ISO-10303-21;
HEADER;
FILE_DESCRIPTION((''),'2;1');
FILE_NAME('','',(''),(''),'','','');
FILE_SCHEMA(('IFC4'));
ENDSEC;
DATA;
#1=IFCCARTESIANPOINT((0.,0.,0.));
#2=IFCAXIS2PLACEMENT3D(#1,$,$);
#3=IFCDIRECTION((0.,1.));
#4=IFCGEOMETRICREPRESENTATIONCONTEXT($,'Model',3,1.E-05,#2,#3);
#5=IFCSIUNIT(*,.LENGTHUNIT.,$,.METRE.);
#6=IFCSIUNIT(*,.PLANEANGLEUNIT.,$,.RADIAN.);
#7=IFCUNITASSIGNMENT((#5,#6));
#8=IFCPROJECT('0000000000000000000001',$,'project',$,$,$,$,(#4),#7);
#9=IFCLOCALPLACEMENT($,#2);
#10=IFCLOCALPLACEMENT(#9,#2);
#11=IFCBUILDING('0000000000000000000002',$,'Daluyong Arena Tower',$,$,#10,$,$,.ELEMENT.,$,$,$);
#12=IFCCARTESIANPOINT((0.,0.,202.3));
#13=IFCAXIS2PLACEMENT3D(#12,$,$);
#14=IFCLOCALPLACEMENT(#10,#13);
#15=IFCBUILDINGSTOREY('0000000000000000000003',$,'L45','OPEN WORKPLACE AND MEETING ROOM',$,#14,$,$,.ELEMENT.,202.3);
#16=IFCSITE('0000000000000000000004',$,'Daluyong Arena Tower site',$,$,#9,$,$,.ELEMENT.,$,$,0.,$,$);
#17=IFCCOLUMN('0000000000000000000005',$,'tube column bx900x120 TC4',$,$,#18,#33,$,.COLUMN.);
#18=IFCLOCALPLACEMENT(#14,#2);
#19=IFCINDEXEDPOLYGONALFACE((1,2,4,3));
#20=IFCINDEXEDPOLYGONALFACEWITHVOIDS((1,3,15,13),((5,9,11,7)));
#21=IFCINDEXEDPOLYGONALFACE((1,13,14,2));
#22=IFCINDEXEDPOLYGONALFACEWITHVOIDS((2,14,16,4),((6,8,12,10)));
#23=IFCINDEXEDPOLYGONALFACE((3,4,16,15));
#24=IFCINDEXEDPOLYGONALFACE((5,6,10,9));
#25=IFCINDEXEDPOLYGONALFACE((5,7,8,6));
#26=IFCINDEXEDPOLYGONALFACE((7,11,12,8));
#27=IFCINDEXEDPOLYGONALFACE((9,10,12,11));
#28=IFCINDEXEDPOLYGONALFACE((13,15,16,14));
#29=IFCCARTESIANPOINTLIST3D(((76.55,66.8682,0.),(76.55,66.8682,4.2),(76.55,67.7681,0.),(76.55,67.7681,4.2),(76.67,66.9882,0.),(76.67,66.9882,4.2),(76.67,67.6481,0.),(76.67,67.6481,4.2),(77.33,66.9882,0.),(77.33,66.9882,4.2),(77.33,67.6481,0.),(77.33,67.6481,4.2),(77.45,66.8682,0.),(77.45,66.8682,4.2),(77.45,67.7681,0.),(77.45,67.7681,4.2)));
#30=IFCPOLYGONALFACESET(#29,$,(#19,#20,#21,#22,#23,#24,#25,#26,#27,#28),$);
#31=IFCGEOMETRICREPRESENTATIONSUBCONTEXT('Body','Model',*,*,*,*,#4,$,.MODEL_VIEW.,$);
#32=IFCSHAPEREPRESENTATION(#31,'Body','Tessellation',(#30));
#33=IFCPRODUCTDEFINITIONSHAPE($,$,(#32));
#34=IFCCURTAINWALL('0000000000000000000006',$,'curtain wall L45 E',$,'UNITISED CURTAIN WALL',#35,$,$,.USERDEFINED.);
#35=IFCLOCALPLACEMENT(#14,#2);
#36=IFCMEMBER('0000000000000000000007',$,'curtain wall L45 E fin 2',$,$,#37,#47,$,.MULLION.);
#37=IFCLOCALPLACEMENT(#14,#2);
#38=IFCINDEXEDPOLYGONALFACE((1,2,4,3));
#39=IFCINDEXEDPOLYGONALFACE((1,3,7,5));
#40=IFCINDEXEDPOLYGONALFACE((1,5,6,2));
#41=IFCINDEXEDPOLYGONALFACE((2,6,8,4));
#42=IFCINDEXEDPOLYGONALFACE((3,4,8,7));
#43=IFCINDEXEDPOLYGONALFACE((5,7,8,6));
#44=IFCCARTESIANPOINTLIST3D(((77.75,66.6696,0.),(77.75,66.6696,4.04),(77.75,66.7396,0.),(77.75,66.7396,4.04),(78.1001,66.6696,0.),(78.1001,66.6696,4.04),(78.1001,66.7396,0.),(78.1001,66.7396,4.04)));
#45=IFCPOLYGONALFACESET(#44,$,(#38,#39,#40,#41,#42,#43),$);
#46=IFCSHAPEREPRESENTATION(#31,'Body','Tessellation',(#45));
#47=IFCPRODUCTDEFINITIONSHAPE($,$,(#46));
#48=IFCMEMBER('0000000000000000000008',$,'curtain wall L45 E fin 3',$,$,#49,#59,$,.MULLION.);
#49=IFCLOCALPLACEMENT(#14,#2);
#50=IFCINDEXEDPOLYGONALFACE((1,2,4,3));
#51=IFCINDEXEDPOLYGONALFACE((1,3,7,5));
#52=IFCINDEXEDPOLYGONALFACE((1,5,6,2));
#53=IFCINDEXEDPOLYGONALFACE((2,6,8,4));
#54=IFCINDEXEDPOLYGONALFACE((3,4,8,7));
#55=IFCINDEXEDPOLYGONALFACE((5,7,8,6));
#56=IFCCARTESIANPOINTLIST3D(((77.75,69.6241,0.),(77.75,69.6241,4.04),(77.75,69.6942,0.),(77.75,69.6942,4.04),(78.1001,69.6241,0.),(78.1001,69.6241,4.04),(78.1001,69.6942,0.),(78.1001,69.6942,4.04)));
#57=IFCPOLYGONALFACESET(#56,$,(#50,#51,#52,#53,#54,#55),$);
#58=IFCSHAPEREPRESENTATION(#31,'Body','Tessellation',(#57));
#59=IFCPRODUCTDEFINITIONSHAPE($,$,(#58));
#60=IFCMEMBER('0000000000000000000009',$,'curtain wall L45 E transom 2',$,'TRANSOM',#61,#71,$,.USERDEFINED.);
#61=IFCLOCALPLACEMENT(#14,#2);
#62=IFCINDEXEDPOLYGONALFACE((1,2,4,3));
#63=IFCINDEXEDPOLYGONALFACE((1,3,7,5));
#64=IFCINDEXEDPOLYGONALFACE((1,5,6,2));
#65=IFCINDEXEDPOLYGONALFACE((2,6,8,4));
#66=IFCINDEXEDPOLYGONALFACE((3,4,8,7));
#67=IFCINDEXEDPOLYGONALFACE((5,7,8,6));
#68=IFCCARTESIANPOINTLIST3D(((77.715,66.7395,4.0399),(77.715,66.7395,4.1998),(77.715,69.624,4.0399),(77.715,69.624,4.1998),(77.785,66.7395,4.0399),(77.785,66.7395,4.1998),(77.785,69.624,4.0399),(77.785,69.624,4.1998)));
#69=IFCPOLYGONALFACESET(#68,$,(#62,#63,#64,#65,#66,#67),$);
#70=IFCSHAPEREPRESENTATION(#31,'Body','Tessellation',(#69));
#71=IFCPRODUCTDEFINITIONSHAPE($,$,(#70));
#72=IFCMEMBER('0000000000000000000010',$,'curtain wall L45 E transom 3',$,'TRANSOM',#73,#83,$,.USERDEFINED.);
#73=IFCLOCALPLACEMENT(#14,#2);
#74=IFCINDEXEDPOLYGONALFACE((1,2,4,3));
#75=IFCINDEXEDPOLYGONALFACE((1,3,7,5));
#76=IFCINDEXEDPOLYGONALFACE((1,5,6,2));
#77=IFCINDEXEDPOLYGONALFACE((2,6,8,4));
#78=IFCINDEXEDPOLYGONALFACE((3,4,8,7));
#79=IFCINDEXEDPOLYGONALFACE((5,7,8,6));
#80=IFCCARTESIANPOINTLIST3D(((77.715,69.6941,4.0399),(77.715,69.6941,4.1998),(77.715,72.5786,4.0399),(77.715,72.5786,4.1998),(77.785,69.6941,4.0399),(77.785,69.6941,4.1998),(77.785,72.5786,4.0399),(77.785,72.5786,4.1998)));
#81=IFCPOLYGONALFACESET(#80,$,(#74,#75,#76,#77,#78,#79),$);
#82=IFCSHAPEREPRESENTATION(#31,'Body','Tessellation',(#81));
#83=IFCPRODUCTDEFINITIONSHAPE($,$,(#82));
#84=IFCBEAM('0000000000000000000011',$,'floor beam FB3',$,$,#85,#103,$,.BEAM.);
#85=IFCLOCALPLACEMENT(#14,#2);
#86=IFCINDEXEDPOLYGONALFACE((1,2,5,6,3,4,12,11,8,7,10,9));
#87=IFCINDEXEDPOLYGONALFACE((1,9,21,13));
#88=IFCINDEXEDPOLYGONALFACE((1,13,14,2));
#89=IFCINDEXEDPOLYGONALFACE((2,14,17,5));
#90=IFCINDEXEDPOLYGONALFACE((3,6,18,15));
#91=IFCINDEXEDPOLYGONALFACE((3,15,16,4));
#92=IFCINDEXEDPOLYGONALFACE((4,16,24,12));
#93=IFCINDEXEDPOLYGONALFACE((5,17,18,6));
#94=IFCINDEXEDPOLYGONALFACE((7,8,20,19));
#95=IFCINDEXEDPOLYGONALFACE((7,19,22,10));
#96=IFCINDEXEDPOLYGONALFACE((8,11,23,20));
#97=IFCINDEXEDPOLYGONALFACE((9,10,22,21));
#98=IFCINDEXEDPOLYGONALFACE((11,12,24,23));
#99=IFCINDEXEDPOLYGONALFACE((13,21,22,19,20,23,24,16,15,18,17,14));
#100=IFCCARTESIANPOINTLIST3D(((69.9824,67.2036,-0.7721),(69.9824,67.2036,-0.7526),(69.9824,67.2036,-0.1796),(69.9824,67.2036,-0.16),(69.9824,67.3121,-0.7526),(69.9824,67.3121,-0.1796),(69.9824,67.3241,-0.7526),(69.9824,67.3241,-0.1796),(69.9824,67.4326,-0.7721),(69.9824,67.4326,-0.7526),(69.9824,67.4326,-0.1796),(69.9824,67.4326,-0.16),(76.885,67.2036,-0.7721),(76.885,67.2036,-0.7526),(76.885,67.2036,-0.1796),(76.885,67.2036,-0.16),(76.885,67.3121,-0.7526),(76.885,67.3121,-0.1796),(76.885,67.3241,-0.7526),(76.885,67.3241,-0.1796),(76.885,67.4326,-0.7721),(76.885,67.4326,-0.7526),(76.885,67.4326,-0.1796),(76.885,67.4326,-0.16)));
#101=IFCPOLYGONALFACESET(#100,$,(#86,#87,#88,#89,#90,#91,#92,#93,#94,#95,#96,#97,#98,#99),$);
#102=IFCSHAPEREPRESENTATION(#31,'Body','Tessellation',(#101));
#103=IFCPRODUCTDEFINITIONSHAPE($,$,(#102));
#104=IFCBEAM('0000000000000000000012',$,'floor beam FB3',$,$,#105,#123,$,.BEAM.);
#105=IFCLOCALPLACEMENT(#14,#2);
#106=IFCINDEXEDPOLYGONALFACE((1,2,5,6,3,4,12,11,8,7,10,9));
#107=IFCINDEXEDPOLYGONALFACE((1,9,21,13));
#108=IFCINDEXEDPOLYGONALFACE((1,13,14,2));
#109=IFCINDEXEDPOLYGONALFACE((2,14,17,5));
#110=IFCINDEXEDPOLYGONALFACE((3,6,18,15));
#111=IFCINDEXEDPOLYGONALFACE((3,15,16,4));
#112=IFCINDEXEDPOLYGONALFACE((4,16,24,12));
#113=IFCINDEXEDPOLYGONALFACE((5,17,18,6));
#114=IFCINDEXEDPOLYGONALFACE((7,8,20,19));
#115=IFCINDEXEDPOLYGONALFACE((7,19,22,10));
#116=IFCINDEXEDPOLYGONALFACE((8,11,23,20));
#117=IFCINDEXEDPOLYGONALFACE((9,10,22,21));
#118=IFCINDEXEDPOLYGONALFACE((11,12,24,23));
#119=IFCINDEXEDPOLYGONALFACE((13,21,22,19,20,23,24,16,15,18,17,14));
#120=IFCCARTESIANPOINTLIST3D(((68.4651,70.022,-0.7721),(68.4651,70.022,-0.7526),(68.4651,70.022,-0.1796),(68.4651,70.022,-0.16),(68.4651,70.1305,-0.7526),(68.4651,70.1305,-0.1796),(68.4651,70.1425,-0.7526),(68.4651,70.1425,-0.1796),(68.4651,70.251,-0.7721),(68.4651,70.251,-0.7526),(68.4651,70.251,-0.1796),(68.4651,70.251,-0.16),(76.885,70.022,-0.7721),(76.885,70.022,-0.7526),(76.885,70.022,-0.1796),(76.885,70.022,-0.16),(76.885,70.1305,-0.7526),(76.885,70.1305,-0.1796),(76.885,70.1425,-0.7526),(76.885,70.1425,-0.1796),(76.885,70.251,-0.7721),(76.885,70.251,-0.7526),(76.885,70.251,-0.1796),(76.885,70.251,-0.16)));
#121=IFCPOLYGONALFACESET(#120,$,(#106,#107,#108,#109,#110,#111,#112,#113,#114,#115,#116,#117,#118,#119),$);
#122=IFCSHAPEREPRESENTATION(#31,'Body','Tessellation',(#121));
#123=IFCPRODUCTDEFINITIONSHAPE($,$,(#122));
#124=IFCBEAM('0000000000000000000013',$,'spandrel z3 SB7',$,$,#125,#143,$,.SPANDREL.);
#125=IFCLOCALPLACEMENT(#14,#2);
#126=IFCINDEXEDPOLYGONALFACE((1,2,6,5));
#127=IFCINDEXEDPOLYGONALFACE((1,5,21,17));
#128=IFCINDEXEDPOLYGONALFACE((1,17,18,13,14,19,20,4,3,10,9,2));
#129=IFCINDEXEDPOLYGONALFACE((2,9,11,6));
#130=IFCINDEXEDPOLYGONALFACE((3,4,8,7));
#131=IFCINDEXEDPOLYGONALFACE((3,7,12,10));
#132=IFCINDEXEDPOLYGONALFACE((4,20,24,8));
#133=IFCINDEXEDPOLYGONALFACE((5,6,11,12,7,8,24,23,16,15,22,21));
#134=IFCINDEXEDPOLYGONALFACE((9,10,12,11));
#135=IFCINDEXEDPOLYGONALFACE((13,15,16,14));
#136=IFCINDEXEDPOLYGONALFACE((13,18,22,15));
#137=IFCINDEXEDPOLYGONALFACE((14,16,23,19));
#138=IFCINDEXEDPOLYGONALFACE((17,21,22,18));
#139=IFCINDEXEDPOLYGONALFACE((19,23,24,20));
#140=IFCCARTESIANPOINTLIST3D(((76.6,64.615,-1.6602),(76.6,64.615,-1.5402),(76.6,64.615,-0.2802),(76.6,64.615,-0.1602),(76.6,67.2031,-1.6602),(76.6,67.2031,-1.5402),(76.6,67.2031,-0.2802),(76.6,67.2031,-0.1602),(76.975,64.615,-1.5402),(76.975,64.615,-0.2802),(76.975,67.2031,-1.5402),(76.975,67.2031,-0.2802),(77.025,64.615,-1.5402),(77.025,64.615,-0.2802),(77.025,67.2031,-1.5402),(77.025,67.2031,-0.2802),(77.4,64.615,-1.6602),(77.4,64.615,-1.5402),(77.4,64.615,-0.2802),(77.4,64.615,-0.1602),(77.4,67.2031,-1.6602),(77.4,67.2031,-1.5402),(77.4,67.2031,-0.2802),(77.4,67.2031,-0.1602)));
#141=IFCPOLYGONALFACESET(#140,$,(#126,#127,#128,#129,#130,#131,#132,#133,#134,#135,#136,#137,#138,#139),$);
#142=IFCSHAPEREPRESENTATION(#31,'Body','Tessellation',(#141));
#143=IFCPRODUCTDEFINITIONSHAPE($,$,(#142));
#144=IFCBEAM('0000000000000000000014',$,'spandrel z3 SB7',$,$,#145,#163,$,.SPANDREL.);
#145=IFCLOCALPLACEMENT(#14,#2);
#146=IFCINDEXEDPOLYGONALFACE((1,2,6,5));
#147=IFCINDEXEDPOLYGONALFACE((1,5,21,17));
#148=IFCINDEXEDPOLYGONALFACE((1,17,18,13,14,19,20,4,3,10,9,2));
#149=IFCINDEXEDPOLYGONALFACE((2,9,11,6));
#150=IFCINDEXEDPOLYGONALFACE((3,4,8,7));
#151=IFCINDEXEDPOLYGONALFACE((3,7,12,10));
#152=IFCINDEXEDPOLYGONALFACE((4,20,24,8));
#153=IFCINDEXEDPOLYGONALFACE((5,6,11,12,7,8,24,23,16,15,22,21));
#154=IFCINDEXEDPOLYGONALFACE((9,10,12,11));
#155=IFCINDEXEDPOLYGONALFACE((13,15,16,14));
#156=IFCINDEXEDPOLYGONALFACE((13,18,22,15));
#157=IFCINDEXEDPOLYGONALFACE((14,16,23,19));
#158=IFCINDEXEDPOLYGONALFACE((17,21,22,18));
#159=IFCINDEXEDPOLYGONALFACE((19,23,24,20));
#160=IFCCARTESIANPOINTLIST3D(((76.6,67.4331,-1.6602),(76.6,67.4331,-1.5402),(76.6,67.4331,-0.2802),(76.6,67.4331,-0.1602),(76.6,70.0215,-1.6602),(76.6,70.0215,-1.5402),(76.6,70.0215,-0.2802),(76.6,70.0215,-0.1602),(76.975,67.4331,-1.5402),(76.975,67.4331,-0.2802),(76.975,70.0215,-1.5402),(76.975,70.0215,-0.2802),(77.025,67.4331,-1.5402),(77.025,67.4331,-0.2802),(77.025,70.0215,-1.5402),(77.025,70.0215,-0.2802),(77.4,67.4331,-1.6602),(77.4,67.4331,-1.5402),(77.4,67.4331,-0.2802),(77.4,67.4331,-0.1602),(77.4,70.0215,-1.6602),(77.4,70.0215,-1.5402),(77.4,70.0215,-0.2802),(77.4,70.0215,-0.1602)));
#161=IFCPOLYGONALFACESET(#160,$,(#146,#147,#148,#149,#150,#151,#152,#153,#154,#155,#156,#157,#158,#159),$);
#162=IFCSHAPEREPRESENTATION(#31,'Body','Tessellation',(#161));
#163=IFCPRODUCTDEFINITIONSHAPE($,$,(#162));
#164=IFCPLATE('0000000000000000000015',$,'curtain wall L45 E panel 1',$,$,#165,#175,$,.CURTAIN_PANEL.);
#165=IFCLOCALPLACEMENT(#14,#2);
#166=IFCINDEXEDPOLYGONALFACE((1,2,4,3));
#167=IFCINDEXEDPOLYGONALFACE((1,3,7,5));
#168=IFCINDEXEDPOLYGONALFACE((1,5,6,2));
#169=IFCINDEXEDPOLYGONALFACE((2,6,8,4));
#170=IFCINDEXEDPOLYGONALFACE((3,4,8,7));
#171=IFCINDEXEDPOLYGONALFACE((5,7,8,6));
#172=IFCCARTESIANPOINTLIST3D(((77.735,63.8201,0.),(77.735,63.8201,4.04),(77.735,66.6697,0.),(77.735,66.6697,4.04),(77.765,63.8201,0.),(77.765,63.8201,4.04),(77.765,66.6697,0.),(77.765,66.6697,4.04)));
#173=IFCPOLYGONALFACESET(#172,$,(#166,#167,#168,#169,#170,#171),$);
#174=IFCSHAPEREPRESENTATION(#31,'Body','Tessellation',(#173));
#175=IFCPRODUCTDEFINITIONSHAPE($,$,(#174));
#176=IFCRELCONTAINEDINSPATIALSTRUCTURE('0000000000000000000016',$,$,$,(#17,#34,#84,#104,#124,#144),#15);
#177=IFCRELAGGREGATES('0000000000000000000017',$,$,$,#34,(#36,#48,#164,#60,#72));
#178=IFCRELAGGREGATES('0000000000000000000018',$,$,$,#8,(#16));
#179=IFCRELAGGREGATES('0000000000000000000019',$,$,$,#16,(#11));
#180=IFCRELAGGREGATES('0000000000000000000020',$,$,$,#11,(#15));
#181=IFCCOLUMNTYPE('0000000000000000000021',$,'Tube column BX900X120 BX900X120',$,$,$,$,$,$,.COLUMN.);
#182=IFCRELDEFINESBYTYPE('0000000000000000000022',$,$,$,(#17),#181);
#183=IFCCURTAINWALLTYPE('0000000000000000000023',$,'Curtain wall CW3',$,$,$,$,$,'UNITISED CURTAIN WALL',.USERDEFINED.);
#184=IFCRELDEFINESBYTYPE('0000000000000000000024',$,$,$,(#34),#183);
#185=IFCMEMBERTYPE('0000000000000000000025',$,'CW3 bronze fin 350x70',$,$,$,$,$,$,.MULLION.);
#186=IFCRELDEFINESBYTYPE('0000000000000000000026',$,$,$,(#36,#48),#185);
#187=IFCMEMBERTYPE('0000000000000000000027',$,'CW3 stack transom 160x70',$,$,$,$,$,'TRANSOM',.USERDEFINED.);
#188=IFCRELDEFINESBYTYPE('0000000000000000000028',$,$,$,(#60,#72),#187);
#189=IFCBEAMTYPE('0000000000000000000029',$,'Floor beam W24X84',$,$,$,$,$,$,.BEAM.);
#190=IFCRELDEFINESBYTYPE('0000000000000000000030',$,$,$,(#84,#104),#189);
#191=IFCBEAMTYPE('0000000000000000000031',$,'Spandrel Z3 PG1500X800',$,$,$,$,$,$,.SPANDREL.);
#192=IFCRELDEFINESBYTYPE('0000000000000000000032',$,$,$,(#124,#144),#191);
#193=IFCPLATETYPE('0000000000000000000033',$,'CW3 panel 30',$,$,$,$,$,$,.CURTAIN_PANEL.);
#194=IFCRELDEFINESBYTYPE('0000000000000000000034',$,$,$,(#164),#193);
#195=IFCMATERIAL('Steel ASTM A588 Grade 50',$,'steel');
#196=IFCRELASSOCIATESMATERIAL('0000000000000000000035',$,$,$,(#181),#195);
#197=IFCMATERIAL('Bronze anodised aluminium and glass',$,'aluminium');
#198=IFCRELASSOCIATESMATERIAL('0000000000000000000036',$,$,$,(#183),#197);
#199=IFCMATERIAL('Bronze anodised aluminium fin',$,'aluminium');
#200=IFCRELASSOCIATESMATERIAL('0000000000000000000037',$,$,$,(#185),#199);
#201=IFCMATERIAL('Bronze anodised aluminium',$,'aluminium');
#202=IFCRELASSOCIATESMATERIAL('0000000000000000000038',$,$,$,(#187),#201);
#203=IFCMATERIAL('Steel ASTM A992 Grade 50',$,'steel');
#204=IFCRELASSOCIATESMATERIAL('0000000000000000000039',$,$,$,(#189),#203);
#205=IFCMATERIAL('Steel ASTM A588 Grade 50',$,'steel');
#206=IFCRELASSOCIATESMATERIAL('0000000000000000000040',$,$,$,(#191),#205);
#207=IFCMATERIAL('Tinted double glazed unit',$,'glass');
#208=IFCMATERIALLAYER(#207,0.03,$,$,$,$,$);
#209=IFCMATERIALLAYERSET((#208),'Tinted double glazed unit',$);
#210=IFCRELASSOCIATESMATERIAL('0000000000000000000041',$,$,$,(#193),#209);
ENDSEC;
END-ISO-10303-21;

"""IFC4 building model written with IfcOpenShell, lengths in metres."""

from ifc_helpers import new_model, si_unit, direction, frame, origin, origin_2d, place, context, subcontext, project, spatial, rectangle, hollow_rectangle, i_section, extrude, material, layer, layer_set, material_profile, profile_set, type_object, element, aggregate, save


model = new_model("IFC4")

# Units and contexts
model_context = context("Model", 3, precision=1e-05, world=origin(), true_north=direction((0.0, 1.0)))
body_context = subcontext(model_context, "Body", "Model", "MODEL_VIEW")
ifc_project = project(units=[si_unit("LENGTHUNIT", "METRE"), si_unit("PLANEANGLEUNIT", "RADIAN")], contexts=[model_context])

# Site, building, storey
site_placement = place(None, origin())
site = spatial("IfcSite", under=ifc_project, at=site_placement, Name="Daluyong Arena Tower site", CompositionType="ELEMENT", RefElevation=0.0)
building_placement = place(site_placement, origin())
building = spatial("IfcBuilding", under=site, at=building_placement, Name="Daluyong Arena Tower", CompositionType="ELEMENT")
storey_placement = place(building_placement, frame((0.0, 0.0, 202.3)))
storey = spatial("IfcBuildingStorey", under=building, at=storey_placement, Name="L45", Description="OPEN WORKPLACE AND MEETING ROOM", CompositionType="ELEMENT", Elevation=202.3)

# Column
ifc_material_1 = material(Name="Steel ASTM A588 Grade 50", Category="steel")
ifc_material_profile_1 = material_profile(ifc_material_1, hollow_rectangle(XDim=0.8999, YDim=0.8999, WallThickness=0.12, at=origin_2d()))
ifc_profile_set_1 = profile_set([ifc_material_profile_1], Name="Steel ASTM A588 Grade 50")
column_type = type_object("IfcColumnType", Name="Tube column BX900X120 BX900X120", PredefinedType="COLUMN", material=ifc_profile_set_1)
column_placement = place(storey_placement, frame((77.0, 67.3181, 0.0), z_axis=(0.0, 0.0, 1.0), x_axis=(0.0, 1.0, 0.0)))
element("IfcColumn", 1, at=column_placement, inside=storey, type_object=column_type, Name="tube column bx900x120 TC4", PredefinedType="COLUMN", context=body_context, shape_type="SweptSolid", body=[
    extrude(hollow_rectangle(XDim=0.8999, YDim=0.8999, WallThickness=0.12, at=origin_2d()), origin(), (0.0, 0.0, 1.0), 4.2),
])

# Curtain wall, members
ifc_material_2 = material(Name="Bronze anodised aluminium and glass", Category="aluminium")
curtain_wall_type = type_object("IfcCurtainWallType", Name="Curtain wall CW3", ElementType="UNITISED CURTAIN WALL", PredefinedType="USERDEFINED", material=ifc_material_2)
curtain_wall_placement = place(storey_placement, origin())
curtain_wall = element("IfcCurtainWall", 2, at=curtain_wall_placement, inside=storey, type_object=curtain_wall_type, Name="curtain wall L45 E", ObjectType="UNITISED CURTAIN WALL", PredefinedType="USERDEFINED")
ifc_material_3 = material(Name="Bronze anodised aluminium fin", Category="aluminium")
ifc_material_profile_2 = material_profile(ifc_material_3, rectangle(XDim=0.3501, YDim=0.0701, at=origin_2d()))
ifc_profile_set_2 = profile_set([ifc_material_profile_2], Name="Bronze anodised aluminium fin")
member_type_1 = type_object("IfcMemberType", Name="CW3 bronze fin 350x70", PredefinedType="MULLION", material=ifc_profile_set_2)
member_1_placement = place(storey_placement, frame((77.925, 66.7046, 0.0), z_axis=(0.0, 0.0, 1.0), x_axis=(-1.0, 0.0, 0.0)))
member_1 = element("IfcMember", 3, at=member_1_placement, type_object=member_type_1, Name="curtain wall L45 E fin 2", PredefinedType="MULLION", context=body_context, shape_type="SweptSolid", body=[
    extrude(rectangle(XDim=0.3501, YDim=0.0701, at=origin_2d()), origin(), (0.0, 0.0, 1.0), 4.04),
])
member_2_placement = place(storey_placement, frame((77.925, 69.6592, 0.0), z_axis=(0.0, 0.0, 1.0), x_axis=(-1.0, 0.0, 0.0)))
member_2 = element("IfcMember", 4, at=member_2_placement, type_object=member_type_1, Name="curtain wall L45 E fin 3", PredefinedType="MULLION", context=body_context, shape_type="SweptSolid", body=[
    extrude(rectangle(XDim=0.3501, YDim=0.0701, at=origin_2d()), origin(), (0.0, 0.0, 1.0), 4.04),
])
ifc_material_4 = material(Name="Bronze anodised aluminium", Category="aluminium")
ifc_material_profile_3 = material_profile(ifc_material_4, rectangle(XDim=0.0701, YDim=0.1599, at=origin_2d()))
ifc_profile_set_3 = profile_set([ifc_material_profile_3], Name="Bronze anodised aluminium")
member_type_2 = type_object("IfcMemberType", Name="CW3 stack transom 160x70", ElementType="TRANSOM", PredefinedType="USERDEFINED", material=ifc_profile_set_3)
member_3_placement = place(storey_placement, frame((77.75, 66.7395, 4.1199), z_axis=(0.0, 1.0, 0.0), x_axis=(-1.0, 0.0, 0.0)))
member_3 = element("IfcMember", 5, at=member_3_placement, type_object=member_type_2, Name="curtain wall L45 E transom 2", ObjectType="TRANSOM", PredefinedType="USERDEFINED", context=body_context, shape_type="SweptSolid", body=[
    extrude(rectangle(XDim=0.0701, YDim=0.1599, at=origin_2d()), origin(), (0.0, 0.0, 1.0), 2.8845),
])
member_4_placement = place(storey_placement, frame((77.75, 69.6941, 4.1199), z_axis=(0.0, 1.0, 0.0), x_axis=(-1.0, 0.0, 0.0)))
member_4 = element("IfcMember", 6, at=member_4_placement, type_object=member_type_2, Name="curtain wall L45 E transom 3", ObjectType="TRANSOM", PredefinedType="USERDEFINED", context=body_context, shape_type="SweptSolid", body=[
    extrude(rectangle(XDim=0.0701, YDim=0.1599, at=origin_2d()), origin(), (0.0, 0.0, 1.0), 2.8845),
])

# Beams
ifc_material_5 = material(Name="Steel ASTM A992 Grade 50", Category="steel")
ifc_material_profile_4 = material_profile(ifc_material_5, i_section(OverallWidth=0.229, OverallDepth=0.6121, WebThickness=0.012, FlangeThickness=0.0195, at=origin_2d()))
ifc_profile_set_4 = profile_set([ifc_material_profile_4], Name="Steel ASTM A992 Grade 50")
beam_type_1 = type_object("IfcBeamType", Name="Floor beam W24X84", PredefinedType="BEAM", material=ifc_profile_set_4)
beam_1_placement = place(storey_placement, frame((76.885, 67.3181, -0.4661), z_axis=(-1.0, 0.0, 0.0), x_axis=(0.0, -1.0, 0.0)))
element("IfcBeam", 7, at=beam_1_placement, inside=storey, type_object=beam_type_1, Name="floor beam FB3", PredefinedType="BEAM", context=body_context, shape_type="SweptSolid", body=[
    extrude(i_section(OverallWidth=0.229, OverallDepth=0.6121, WebThickness=0.012, FlangeThickness=0.0195, at=origin_2d()), origin(), (0.0, 0.0, 1.0), 6.9026),
])
beam_2_placement = place(storey_placement, frame((76.885, 70.1365, -0.4661), z_axis=(-1.0, 0.0, 0.0), x_axis=(0.0, -1.0, 0.0)))
element("IfcBeam", 8, at=beam_2_placement, inside=storey, type_object=beam_type_1, Name="floor beam FB3", PredefinedType="BEAM", context=body_context, shape_type="SweptSolid", body=[
    extrude(i_section(OverallWidth=0.229, OverallDepth=0.6121, WebThickness=0.012, FlangeThickness=0.0195, at=origin_2d()), origin(), (0.0, 0.0, 1.0), 8.4199),
])
ifc_material_6 = material(Name="Steel ASTM A588 Grade 50", Category="steel")
ifc_material_profile_5 = material_profile(ifc_material_6, i_section(OverallWidth=0.8, OverallDepth=1.5, WebThickness=0.05, FlangeThickness=0.12, at=origin_2d()))
ifc_profile_set_5 = profile_set([ifc_material_profile_5], Name="Steel ASTM A588 Grade 50")
beam_type_2 = type_object("IfcBeamType", Name="Spandrel Z3 PG1500X800", PredefinedType="SPANDREL", material=ifc_profile_set_5)
beam_3_placement = place(storey_placement, frame((77.0, 64.615, -0.9102), z_axis=(0.0, 1.0, 0.0), x_axis=(-1.0, 0.0, 0.0)))
element("IfcBeam", 9, at=beam_3_placement, inside=storey, type_object=beam_type_2, Name="spandrel z3 SB7", PredefinedType="SPANDREL", context=body_context, shape_type="SweptSolid", body=[
    extrude(i_section(OverallWidth=0.8, OverallDepth=1.5, WebThickness=0.05, FlangeThickness=0.12, at=origin_2d()), origin(), (0.0, 0.0, 1.0), 2.5881),
])
beam_4_placement = place(storey_placement, frame((77.0, 67.4331, -0.9102), z_axis=(0.0, 1.0, 0.0), x_axis=(-1.0, 0.0, 0.0)))
element("IfcBeam", 10, at=beam_4_placement, inside=storey, type_object=beam_type_2, Name="spandrel z3 SB7", PredefinedType="SPANDREL", context=body_context, shape_type="SweptSolid", body=[
    extrude(i_section(OverallWidth=0.8, OverallDepth=1.5, WebThickness=0.05, FlangeThickness=0.12, at=origin_2d()), origin(), (0.0, 0.0, 1.0), 2.5884),
])

# Plate
ifc_material_7 = material(Name="Tinted double glazed unit", Category="glass")
ifc_layer_1 = layer(ifc_material_7, 0.03)
ifc_layer_set_1 = layer_set([ifc_layer_1], Name="Tinted double glazed unit")
plate_type = type_object("IfcPlateType", Name="CW3 panel 30", PredefinedType="CURTAIN_PANEL", material=ifc_layer_set_1)
plate_1_placement = place(storey_placement, frame((77.75, 65.2449, 0.0), z_axis=(0.0, 0.0, 1.0), x_axis=(0.0, 1.0, 0.0)))
plate_1 = element("IfcPlate", 11, at=plate_1_placement, type_object=plate_type, Name="curtain wall L45 E panel 1", PredefinedType="CURTAIN_PANEL", context=body_context, shape_type="SweptSolid", body=[
    extrude(rectangle(XDim=2.8496, YDim=0.03, at=origin_2d()), origin(), (0.0, 0.0, 1.0), 4.04),
])
aggregate(curtain_wall, [member_1, member_2, plate_1, member_3, member_4])

save(model, "model.ifc")
